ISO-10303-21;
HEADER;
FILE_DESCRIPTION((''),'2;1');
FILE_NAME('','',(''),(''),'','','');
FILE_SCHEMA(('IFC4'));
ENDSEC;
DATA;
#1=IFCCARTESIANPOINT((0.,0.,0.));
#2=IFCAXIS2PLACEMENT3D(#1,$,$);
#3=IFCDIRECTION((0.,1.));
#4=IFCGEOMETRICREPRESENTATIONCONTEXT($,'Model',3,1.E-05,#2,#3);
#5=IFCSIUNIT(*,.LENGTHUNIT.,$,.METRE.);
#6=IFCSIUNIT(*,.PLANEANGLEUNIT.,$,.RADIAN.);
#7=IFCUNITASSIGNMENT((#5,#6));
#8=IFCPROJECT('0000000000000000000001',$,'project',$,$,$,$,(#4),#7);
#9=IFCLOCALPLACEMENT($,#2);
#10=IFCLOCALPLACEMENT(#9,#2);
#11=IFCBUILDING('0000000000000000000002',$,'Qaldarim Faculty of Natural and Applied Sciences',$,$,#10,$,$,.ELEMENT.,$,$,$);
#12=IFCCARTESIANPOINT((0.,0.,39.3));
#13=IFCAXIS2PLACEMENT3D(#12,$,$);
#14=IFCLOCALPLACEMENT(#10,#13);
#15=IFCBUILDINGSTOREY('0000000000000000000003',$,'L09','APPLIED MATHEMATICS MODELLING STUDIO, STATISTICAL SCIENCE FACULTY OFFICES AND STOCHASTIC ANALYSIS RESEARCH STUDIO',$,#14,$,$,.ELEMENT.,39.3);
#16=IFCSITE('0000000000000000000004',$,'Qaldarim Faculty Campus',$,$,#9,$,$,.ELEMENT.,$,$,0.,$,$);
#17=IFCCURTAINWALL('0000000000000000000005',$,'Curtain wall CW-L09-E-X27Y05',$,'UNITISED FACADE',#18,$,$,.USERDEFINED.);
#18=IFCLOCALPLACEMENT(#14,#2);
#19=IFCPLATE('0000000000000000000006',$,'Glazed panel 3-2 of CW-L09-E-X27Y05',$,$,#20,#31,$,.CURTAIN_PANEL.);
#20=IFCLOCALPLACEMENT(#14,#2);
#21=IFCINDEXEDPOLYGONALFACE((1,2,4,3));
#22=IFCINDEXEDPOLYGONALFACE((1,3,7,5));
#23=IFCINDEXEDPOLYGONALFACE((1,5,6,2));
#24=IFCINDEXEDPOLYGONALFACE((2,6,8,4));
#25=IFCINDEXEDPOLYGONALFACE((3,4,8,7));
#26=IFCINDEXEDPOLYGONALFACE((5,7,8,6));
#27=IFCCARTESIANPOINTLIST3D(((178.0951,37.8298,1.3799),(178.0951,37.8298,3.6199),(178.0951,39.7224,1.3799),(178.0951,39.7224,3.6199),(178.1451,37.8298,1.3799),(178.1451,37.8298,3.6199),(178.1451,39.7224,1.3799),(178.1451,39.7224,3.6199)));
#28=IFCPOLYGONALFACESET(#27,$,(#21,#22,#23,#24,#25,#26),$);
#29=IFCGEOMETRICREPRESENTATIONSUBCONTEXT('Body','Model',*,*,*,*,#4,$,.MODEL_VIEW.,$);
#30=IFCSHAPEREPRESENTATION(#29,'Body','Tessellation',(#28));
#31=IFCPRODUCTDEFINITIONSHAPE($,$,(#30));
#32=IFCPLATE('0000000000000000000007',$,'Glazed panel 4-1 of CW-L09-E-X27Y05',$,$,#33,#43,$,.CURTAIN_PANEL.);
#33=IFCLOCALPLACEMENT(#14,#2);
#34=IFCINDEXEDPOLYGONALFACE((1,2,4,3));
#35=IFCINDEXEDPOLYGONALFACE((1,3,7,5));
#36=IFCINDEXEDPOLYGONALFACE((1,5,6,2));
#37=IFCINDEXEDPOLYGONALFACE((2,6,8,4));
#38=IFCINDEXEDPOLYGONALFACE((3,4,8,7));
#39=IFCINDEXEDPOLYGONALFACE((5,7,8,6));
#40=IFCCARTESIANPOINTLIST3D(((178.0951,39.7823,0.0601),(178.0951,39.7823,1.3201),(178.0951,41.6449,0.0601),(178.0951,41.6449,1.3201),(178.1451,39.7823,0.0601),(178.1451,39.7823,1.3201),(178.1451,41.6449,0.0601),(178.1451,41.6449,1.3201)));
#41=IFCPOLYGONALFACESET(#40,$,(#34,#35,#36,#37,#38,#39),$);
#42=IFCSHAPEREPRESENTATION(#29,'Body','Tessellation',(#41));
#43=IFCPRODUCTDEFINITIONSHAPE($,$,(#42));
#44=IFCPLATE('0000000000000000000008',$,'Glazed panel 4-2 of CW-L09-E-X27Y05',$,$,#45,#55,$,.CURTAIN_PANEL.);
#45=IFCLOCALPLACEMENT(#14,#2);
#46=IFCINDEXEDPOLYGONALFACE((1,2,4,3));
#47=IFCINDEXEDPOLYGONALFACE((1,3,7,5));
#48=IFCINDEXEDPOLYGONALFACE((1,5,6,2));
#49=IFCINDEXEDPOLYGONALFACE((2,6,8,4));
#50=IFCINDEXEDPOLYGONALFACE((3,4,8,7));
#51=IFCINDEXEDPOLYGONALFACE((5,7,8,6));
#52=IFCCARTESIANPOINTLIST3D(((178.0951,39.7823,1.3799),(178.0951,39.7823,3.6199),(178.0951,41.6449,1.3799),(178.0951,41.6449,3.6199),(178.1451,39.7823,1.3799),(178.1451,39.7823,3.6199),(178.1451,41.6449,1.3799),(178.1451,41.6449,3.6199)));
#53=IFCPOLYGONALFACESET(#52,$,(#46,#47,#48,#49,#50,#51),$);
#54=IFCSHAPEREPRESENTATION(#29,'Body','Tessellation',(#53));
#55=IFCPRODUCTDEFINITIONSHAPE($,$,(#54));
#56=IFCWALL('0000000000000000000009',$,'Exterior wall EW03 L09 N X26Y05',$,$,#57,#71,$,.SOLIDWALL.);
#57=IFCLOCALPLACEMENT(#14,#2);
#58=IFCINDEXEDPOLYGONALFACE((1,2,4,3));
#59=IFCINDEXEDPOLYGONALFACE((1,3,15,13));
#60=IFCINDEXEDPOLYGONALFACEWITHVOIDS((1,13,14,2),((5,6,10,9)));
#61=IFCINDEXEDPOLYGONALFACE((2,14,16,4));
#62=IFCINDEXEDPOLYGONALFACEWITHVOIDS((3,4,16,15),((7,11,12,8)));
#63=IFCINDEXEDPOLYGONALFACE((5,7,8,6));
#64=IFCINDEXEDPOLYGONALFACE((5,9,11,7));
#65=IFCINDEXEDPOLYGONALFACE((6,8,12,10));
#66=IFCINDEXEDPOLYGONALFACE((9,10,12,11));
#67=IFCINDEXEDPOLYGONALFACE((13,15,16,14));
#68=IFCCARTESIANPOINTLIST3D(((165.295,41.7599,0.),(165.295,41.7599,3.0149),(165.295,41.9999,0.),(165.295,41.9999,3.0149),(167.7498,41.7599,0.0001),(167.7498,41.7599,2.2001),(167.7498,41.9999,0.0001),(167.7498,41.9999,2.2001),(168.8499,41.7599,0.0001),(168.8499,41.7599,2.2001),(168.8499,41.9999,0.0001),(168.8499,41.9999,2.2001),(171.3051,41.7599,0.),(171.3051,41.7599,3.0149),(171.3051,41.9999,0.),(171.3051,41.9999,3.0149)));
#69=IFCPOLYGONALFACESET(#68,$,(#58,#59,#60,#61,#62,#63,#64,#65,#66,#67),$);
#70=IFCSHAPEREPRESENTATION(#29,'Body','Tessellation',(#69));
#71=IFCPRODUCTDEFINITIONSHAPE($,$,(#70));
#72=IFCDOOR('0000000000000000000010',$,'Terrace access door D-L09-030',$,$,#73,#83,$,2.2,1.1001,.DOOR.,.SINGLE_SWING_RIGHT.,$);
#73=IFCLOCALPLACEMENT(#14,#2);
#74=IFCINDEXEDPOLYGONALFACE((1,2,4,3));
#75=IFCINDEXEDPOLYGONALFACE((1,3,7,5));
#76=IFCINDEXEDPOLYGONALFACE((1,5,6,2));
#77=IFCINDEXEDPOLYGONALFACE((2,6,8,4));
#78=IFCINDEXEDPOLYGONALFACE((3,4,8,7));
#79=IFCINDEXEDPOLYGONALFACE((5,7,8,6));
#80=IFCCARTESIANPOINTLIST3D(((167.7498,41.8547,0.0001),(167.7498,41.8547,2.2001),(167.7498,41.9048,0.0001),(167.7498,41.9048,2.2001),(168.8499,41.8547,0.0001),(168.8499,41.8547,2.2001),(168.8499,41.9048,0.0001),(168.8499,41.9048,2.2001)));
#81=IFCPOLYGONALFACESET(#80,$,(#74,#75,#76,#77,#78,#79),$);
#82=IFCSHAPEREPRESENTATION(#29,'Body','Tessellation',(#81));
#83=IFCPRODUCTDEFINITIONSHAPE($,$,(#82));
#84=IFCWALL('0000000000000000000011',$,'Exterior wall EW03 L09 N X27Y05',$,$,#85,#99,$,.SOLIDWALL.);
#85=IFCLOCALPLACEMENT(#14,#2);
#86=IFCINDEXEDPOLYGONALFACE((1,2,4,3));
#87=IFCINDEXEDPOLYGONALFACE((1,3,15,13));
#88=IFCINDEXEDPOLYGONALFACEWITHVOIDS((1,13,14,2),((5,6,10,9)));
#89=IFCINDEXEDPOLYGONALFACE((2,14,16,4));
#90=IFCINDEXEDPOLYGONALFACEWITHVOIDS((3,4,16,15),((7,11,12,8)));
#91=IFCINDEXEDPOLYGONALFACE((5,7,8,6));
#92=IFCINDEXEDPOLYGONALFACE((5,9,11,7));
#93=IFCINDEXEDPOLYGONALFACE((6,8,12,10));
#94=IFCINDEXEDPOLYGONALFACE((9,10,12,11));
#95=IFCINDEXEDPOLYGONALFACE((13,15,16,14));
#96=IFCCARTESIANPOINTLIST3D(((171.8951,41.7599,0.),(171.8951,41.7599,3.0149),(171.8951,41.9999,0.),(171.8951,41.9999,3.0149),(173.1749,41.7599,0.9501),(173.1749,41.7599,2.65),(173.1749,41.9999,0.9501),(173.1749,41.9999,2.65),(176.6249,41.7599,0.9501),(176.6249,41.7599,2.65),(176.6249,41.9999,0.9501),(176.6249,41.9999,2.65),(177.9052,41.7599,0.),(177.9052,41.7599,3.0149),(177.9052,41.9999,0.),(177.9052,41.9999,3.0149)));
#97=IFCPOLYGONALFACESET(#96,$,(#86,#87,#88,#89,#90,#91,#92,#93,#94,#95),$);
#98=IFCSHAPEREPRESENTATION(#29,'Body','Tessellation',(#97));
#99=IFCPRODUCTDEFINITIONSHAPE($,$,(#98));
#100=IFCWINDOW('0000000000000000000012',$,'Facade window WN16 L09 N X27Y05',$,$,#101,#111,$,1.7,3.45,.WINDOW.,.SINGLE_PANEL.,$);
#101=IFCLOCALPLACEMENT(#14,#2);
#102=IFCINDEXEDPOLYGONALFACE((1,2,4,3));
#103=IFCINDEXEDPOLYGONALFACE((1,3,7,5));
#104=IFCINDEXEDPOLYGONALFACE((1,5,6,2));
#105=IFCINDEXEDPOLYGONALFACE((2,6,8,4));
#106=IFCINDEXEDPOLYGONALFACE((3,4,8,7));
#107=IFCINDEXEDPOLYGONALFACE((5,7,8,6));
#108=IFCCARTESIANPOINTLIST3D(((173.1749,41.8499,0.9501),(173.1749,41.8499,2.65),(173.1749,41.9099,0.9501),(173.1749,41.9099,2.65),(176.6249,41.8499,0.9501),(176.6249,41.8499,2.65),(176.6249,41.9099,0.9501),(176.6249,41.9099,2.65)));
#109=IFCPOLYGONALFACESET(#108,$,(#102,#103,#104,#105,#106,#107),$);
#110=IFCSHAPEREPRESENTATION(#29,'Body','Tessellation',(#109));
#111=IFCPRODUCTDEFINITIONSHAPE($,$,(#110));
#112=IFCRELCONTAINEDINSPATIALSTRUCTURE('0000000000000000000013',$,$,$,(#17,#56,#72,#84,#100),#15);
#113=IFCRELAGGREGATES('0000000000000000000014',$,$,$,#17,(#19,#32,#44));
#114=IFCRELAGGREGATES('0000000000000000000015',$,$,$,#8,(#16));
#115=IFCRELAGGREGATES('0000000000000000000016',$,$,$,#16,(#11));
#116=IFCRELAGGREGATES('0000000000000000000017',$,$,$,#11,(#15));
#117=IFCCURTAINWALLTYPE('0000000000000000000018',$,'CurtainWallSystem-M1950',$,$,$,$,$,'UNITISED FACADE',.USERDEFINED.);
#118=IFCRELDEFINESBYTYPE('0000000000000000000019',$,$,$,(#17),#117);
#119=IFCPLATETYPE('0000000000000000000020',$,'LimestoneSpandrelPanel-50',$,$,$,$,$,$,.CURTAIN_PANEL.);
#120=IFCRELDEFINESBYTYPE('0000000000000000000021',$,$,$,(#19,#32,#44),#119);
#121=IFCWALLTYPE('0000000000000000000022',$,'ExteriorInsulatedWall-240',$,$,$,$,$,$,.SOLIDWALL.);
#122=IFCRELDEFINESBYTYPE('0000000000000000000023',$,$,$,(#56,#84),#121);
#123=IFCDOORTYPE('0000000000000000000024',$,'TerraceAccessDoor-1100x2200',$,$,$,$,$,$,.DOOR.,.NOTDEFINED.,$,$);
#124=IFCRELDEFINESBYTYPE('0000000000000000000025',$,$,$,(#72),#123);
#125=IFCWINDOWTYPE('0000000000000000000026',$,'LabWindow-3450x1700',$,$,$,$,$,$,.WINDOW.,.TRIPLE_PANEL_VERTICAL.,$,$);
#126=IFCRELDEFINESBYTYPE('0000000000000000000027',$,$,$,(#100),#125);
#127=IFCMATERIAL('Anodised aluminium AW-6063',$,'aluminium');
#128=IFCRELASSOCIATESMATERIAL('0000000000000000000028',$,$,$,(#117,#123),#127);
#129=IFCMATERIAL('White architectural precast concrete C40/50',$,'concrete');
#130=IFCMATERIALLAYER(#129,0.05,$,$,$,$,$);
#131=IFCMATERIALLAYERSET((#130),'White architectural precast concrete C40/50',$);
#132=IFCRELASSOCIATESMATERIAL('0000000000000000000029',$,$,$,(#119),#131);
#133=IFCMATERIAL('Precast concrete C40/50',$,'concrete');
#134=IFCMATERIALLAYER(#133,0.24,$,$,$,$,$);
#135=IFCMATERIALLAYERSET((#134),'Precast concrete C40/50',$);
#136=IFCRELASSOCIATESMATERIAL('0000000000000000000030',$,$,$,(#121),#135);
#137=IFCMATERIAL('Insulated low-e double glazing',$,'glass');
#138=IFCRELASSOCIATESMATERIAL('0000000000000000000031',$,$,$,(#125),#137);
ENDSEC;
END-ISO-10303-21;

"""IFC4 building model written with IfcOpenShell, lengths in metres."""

from ifc_helpers import new_model, si_unit, direction, frame, frame_2d, origin, origin_2d, place, context, subcontext, project, spatial, rectangle, extrude, material, layer, layer_set, type_object, element, fill, aggregate, save


model = new_model("IFC4")

# Units and contexts
model_context = context("Model", 3, precision=1e-05, world=origin(), true_north=direction((0.0, 1.0)))
body_context = subcontext(model_context, "Body", "Model", "MODEL_VIEW")
ifc_project = project(units=[si_unit("LENGTHUNIT", "METRE"), si_unit("PLANEANGLEUNIT", "RADIAN")], contexts=[model_context])

# Site, building, storey
site_placement = place(None, origin())
site = spatial("IfcSite", under=ifc_project, at=site_placement, Name="Qaldarim Faculty Campus", CompositionType="ELEMENT", RefElevation=0.0)
building_placement = place(site_placement, origin())
building = spatial("IfcBuilding", under=site, at=building_placement, Name="Qaldarim Faculty of Natural and Applied Sciences", CompositionType="ELEMENT")
storey_placement = place(building_placement, frame((0.0, 0.0, 39.3)))
storey = spatial("IfcBuildingStorey", under=building, at=storey_placement, Name="L09", Description="APPLIED MATHEMATICS MODELLING STUDIO, STATISTICAL SCIENCE FACULTY OFFICES AND STOCHASTIC ANALYSIS RESEARCH STUDIO", CompositionType="ELEMENT", Elevation=39.3)

# Curtain wall
ifc_material_1 = material(Name="Anodised aluminium AW-6063", Category="aluminium")
curtain_wall_type = type_object("IfcCurtainWallType", Name="CurtainWallSystem-M1950", ElementType="UNITISED FACADE", PredefinedType="USERDEFINED", material=ifc_material_1)
curtain_wall_placement = place(storey_placement, origin())
curtain_wall = element("IfcCurtainWall", 1, at=curtain_wall_placement, inside=storey, type_object=curtain_wall_type, Name="Curtain wall CW-L09-E-X27Y05", ObjectType="UNITISED FACADE", PredefinedType="USERDEFINED")

# Shared definitions
ifc_material_2 = material(Name="Precast concrete C40/50", Category="concrete")

# Plates
ifc_material_3 = material(Name="White architectural precast concrete C40/50", Category="concrete")
ifc_layer_1 = layer(ifc_material_3, 0.05)
ifc_layer_set_1 = layer_set([ifc_layer_1], Name="White architectural precast concrete C40/50")
plate_type = type_object("IfcPlateType", Name="LimestoneSpandrelPanel-50", PredefinedType="CURTAIN_PANEL", material=ifc_layer_set_1)
plate_1_placement = place(storey_placement, frame((178.1201, 38.7761, 1.3799), z_axis=(0.0, 0.0, 1.0), x_axis=(0.0, 1.0, 0.0)))
plate_1 = element("IfcPlate", 2, at=plate_1_placement, type_object=plate_type, Name="Glazed panel 3-2 of CW-L09-E-X27Y05", PredefinedType="CURTAIN_PANEL", context=body_context, shape_type="SweptSolid", body=[
    extrude(rectangle(XDim=1.8926, YDim=0.05, at=origin_2d()), origin(), (0.0, 0.0, 1.0), 2.24),
])
plate_2_placement = place(storey_placement, frame((178.1201, 40.7136, 0.0601), z_axis=(0.0, 0.0, 1.0), x_axis=(0.0, 1.0, 0.0)))
plate_2 = element("IfcPlate", 3, at=plate_2_placement, type_object=plate_type, Name="Glazed panel 4-1 of CW-L09-E-X27Y05", PredefinedType="CURTAIN_PANEL", context=body_context, shape_type="SweptSolid", body=[
    extrude(rectangle(XDim=1.8625, YDim=0.05, at=origin_2d()), origin(), (0.0, 0.0, 1.0), 1.26),
])
plate_3_placement = place(storey_placement, frame((178.1201, 40.7136, 1.3799), z_axis=(0.0, 0.0, 1.0), x_axis=(0.0, 1.0, 0.0)))
plate_3 = element("IfcPlate", 4, at=plate_3_placement, type_object=plate_type, Name="Glazed panel 4-2 of CW-L09-E-X27Y05", PredefinedType="CURTAIN_PANEL", context=body_context, shape_type="SweptSolid", body=[
    extrude(rectangle(XDim=1.8625, YDim=0.05, at=origin_2d()), origin(), (0.0, 0.0, 1.0), 2.24),
])
aggregate(curtain_wall, [plate_1, plate_2, plate_3])

# Wall, opening, door
ifc_layer_2 = layer(ifc_material_2, 0.24)
ifc_layer_set_2 = layer_set([ifc_layer_2], Name="Precast concrete C40/50")
wall_type = type_object("IfcWallType", Name="ExteriorInsulatedWall-240", PredefinedType="SOLIDWALL", material=ifc_layer_set_2)
wall_1_placement = place(storey_placement, frame((171.3049, 41.8799, 0.0), z_axis=(0.0, 0.0, 1.0), x_axis=(-1.0, 0.0, 0.0)))
wall_1 = element("IfcWall", 5, at=wall_1_placement, inside=storey, type_object=wall_type, Name="Exterior wall EW03 L09 N X26Y05", PredefinedType="SOLIDWALL", context=body_context, shape_type="SweptSolid", body=[
    extrude(rectangle(XDim=6.01, YDim=0.24, at=frame_2d((3.0049, 0.0))), origin(), (0.0, 0.0, 1.0), 3.0149),
])
opening_1_placement = place(wall_1_placement, frame((2.4551, 0.0, 0.0)))
opening_1 = element("IfcOpeningElement", 6, at=opening_1_placement, cuts=wall_1, PredefinedType="OPENING", context=body_context, shape_type="SweptSolid", body=[
    extrude(rectangle(XDim=1.1001, YDim=2.2, at=frame_2d((0.55, 1.1001))), frame((0.0, 0.1299, 0.0), z_axis=(0.0, -1.0, 0.0), x_axis=(1.0, 0.0, 0.0)), (0.0, 0.0, 1.0), 0.26),
])
door_type = type_object("IfcDoorType", Name="TerraceAccessDoor-1100x2200", OperationType="NOTDEFINED", PredefinedType="DOOR", material=ifc_material_1)
door_placement = place(opening_1_placement, frame((1.1001, 0.0, 0.0), z_axis=(0.0, 0.0, 1.0), x_axis=(-1.0, 0.0, 0.0)))
door = element("IfcDoor", 7, at=door_placement, inside=storey, type_object=door_type, Name="Terrace access door D-L09-030", OperationType="SINGLE_SWING_RIGHT", OverallHeight=2.2, OverallWidth=1.1001, PredefinedType="DOOR", context=body_context, shape_type="SweptSolid", body=[
    extrude(rectangle(XDim=1.1001, YDim=2.2, at=frame_2d((0.55, 1.1001))), frame((0.0, 0.0249, 0.0), z_axis=(0.0, -1.0, 0.0), x_axis=(1.0, 0.0, 0.0)), (0.0, 0.0, 1.0), 0.05),
])
fill(opening_1, door)

# Wall, opening, window
wall_2_placement = place(storey_placement, frame((177.905, 41.8799, 0.0), z_axis=(0.0, 0.0, 1.0), x_axis=(-1.0, 0.0, 0.0)))
wall_2 = element("IfcWall", 8, at=wall_2_placement, inside=storey, type_object=wall_type, Name="Exterior wall EW03 L09 N X27Y05", PredefinedType="SOLIDWALL", context=body_context, shape_type="SweptSolid", body=[
    extrude(rectangle(XDim=6.01, YDim=0.24, at=frame_2d((3.0049, 0.0))), origin(), (0.0, 0.0, 1.0), 3.0149),
])
opening_2_placement = place(wall_2_placement, frame((1.28, 0.0, 0.95)))
opening_2 = element("IfcOpeningElement", 9, at=opening_2_placement, cuts=wall_2, PredefinedType="OPENING", context=body_context, shape_type="SweptSolid", body=[
    extrude(rectangle(XDim=3.45, YDim=1.7, at=frame_2d((1.7251, 0.8501))), frame((0.0, 0.1299, 0.0), z_axis=(0.0, -1.0, 0.0), x_axis=(1.0, 0.0, 0.0)), (0.0, 0.0, 1.0), 0.26),
])
ifc_material_4 = material(Name="Insulated low-e double glazing", Category="glass")
window_type = type_object("IfcWindowType", Name="LabWindow-3450x1700", PartitioningType="TRIPLE_PANEL_VERTICAL", PredefinedType="WINDOW", material=ifc_material_4)
window_placement = place(opening_2_placement, origin())
window = element("IfcWindow", 10, at=window_placement, inside=storey, type_object=window_type, Name="Facade window WN16 L09 N X27Y05", OverallHeight=1.7, OverallWidth=3.45, PartitioningType="SINGLE_PANEL", PredefinedType="WINDOW", context=body_context, shape_type="SweptSolid", body=[
    extrude(rectangle(XDim=3.45, YDim=1.7, at=frame_2d((1.7251, 0.8501))), frame((0.0, 0.03, 0.0), z_axis=(0.0, -1.0, 0.0), x_axis=(1.0, 0.0, 0.0)), (0.0, 0.0, 1.0), 0.0601),
])
fill(opening_2, window)

save(model, "model.ifc")
